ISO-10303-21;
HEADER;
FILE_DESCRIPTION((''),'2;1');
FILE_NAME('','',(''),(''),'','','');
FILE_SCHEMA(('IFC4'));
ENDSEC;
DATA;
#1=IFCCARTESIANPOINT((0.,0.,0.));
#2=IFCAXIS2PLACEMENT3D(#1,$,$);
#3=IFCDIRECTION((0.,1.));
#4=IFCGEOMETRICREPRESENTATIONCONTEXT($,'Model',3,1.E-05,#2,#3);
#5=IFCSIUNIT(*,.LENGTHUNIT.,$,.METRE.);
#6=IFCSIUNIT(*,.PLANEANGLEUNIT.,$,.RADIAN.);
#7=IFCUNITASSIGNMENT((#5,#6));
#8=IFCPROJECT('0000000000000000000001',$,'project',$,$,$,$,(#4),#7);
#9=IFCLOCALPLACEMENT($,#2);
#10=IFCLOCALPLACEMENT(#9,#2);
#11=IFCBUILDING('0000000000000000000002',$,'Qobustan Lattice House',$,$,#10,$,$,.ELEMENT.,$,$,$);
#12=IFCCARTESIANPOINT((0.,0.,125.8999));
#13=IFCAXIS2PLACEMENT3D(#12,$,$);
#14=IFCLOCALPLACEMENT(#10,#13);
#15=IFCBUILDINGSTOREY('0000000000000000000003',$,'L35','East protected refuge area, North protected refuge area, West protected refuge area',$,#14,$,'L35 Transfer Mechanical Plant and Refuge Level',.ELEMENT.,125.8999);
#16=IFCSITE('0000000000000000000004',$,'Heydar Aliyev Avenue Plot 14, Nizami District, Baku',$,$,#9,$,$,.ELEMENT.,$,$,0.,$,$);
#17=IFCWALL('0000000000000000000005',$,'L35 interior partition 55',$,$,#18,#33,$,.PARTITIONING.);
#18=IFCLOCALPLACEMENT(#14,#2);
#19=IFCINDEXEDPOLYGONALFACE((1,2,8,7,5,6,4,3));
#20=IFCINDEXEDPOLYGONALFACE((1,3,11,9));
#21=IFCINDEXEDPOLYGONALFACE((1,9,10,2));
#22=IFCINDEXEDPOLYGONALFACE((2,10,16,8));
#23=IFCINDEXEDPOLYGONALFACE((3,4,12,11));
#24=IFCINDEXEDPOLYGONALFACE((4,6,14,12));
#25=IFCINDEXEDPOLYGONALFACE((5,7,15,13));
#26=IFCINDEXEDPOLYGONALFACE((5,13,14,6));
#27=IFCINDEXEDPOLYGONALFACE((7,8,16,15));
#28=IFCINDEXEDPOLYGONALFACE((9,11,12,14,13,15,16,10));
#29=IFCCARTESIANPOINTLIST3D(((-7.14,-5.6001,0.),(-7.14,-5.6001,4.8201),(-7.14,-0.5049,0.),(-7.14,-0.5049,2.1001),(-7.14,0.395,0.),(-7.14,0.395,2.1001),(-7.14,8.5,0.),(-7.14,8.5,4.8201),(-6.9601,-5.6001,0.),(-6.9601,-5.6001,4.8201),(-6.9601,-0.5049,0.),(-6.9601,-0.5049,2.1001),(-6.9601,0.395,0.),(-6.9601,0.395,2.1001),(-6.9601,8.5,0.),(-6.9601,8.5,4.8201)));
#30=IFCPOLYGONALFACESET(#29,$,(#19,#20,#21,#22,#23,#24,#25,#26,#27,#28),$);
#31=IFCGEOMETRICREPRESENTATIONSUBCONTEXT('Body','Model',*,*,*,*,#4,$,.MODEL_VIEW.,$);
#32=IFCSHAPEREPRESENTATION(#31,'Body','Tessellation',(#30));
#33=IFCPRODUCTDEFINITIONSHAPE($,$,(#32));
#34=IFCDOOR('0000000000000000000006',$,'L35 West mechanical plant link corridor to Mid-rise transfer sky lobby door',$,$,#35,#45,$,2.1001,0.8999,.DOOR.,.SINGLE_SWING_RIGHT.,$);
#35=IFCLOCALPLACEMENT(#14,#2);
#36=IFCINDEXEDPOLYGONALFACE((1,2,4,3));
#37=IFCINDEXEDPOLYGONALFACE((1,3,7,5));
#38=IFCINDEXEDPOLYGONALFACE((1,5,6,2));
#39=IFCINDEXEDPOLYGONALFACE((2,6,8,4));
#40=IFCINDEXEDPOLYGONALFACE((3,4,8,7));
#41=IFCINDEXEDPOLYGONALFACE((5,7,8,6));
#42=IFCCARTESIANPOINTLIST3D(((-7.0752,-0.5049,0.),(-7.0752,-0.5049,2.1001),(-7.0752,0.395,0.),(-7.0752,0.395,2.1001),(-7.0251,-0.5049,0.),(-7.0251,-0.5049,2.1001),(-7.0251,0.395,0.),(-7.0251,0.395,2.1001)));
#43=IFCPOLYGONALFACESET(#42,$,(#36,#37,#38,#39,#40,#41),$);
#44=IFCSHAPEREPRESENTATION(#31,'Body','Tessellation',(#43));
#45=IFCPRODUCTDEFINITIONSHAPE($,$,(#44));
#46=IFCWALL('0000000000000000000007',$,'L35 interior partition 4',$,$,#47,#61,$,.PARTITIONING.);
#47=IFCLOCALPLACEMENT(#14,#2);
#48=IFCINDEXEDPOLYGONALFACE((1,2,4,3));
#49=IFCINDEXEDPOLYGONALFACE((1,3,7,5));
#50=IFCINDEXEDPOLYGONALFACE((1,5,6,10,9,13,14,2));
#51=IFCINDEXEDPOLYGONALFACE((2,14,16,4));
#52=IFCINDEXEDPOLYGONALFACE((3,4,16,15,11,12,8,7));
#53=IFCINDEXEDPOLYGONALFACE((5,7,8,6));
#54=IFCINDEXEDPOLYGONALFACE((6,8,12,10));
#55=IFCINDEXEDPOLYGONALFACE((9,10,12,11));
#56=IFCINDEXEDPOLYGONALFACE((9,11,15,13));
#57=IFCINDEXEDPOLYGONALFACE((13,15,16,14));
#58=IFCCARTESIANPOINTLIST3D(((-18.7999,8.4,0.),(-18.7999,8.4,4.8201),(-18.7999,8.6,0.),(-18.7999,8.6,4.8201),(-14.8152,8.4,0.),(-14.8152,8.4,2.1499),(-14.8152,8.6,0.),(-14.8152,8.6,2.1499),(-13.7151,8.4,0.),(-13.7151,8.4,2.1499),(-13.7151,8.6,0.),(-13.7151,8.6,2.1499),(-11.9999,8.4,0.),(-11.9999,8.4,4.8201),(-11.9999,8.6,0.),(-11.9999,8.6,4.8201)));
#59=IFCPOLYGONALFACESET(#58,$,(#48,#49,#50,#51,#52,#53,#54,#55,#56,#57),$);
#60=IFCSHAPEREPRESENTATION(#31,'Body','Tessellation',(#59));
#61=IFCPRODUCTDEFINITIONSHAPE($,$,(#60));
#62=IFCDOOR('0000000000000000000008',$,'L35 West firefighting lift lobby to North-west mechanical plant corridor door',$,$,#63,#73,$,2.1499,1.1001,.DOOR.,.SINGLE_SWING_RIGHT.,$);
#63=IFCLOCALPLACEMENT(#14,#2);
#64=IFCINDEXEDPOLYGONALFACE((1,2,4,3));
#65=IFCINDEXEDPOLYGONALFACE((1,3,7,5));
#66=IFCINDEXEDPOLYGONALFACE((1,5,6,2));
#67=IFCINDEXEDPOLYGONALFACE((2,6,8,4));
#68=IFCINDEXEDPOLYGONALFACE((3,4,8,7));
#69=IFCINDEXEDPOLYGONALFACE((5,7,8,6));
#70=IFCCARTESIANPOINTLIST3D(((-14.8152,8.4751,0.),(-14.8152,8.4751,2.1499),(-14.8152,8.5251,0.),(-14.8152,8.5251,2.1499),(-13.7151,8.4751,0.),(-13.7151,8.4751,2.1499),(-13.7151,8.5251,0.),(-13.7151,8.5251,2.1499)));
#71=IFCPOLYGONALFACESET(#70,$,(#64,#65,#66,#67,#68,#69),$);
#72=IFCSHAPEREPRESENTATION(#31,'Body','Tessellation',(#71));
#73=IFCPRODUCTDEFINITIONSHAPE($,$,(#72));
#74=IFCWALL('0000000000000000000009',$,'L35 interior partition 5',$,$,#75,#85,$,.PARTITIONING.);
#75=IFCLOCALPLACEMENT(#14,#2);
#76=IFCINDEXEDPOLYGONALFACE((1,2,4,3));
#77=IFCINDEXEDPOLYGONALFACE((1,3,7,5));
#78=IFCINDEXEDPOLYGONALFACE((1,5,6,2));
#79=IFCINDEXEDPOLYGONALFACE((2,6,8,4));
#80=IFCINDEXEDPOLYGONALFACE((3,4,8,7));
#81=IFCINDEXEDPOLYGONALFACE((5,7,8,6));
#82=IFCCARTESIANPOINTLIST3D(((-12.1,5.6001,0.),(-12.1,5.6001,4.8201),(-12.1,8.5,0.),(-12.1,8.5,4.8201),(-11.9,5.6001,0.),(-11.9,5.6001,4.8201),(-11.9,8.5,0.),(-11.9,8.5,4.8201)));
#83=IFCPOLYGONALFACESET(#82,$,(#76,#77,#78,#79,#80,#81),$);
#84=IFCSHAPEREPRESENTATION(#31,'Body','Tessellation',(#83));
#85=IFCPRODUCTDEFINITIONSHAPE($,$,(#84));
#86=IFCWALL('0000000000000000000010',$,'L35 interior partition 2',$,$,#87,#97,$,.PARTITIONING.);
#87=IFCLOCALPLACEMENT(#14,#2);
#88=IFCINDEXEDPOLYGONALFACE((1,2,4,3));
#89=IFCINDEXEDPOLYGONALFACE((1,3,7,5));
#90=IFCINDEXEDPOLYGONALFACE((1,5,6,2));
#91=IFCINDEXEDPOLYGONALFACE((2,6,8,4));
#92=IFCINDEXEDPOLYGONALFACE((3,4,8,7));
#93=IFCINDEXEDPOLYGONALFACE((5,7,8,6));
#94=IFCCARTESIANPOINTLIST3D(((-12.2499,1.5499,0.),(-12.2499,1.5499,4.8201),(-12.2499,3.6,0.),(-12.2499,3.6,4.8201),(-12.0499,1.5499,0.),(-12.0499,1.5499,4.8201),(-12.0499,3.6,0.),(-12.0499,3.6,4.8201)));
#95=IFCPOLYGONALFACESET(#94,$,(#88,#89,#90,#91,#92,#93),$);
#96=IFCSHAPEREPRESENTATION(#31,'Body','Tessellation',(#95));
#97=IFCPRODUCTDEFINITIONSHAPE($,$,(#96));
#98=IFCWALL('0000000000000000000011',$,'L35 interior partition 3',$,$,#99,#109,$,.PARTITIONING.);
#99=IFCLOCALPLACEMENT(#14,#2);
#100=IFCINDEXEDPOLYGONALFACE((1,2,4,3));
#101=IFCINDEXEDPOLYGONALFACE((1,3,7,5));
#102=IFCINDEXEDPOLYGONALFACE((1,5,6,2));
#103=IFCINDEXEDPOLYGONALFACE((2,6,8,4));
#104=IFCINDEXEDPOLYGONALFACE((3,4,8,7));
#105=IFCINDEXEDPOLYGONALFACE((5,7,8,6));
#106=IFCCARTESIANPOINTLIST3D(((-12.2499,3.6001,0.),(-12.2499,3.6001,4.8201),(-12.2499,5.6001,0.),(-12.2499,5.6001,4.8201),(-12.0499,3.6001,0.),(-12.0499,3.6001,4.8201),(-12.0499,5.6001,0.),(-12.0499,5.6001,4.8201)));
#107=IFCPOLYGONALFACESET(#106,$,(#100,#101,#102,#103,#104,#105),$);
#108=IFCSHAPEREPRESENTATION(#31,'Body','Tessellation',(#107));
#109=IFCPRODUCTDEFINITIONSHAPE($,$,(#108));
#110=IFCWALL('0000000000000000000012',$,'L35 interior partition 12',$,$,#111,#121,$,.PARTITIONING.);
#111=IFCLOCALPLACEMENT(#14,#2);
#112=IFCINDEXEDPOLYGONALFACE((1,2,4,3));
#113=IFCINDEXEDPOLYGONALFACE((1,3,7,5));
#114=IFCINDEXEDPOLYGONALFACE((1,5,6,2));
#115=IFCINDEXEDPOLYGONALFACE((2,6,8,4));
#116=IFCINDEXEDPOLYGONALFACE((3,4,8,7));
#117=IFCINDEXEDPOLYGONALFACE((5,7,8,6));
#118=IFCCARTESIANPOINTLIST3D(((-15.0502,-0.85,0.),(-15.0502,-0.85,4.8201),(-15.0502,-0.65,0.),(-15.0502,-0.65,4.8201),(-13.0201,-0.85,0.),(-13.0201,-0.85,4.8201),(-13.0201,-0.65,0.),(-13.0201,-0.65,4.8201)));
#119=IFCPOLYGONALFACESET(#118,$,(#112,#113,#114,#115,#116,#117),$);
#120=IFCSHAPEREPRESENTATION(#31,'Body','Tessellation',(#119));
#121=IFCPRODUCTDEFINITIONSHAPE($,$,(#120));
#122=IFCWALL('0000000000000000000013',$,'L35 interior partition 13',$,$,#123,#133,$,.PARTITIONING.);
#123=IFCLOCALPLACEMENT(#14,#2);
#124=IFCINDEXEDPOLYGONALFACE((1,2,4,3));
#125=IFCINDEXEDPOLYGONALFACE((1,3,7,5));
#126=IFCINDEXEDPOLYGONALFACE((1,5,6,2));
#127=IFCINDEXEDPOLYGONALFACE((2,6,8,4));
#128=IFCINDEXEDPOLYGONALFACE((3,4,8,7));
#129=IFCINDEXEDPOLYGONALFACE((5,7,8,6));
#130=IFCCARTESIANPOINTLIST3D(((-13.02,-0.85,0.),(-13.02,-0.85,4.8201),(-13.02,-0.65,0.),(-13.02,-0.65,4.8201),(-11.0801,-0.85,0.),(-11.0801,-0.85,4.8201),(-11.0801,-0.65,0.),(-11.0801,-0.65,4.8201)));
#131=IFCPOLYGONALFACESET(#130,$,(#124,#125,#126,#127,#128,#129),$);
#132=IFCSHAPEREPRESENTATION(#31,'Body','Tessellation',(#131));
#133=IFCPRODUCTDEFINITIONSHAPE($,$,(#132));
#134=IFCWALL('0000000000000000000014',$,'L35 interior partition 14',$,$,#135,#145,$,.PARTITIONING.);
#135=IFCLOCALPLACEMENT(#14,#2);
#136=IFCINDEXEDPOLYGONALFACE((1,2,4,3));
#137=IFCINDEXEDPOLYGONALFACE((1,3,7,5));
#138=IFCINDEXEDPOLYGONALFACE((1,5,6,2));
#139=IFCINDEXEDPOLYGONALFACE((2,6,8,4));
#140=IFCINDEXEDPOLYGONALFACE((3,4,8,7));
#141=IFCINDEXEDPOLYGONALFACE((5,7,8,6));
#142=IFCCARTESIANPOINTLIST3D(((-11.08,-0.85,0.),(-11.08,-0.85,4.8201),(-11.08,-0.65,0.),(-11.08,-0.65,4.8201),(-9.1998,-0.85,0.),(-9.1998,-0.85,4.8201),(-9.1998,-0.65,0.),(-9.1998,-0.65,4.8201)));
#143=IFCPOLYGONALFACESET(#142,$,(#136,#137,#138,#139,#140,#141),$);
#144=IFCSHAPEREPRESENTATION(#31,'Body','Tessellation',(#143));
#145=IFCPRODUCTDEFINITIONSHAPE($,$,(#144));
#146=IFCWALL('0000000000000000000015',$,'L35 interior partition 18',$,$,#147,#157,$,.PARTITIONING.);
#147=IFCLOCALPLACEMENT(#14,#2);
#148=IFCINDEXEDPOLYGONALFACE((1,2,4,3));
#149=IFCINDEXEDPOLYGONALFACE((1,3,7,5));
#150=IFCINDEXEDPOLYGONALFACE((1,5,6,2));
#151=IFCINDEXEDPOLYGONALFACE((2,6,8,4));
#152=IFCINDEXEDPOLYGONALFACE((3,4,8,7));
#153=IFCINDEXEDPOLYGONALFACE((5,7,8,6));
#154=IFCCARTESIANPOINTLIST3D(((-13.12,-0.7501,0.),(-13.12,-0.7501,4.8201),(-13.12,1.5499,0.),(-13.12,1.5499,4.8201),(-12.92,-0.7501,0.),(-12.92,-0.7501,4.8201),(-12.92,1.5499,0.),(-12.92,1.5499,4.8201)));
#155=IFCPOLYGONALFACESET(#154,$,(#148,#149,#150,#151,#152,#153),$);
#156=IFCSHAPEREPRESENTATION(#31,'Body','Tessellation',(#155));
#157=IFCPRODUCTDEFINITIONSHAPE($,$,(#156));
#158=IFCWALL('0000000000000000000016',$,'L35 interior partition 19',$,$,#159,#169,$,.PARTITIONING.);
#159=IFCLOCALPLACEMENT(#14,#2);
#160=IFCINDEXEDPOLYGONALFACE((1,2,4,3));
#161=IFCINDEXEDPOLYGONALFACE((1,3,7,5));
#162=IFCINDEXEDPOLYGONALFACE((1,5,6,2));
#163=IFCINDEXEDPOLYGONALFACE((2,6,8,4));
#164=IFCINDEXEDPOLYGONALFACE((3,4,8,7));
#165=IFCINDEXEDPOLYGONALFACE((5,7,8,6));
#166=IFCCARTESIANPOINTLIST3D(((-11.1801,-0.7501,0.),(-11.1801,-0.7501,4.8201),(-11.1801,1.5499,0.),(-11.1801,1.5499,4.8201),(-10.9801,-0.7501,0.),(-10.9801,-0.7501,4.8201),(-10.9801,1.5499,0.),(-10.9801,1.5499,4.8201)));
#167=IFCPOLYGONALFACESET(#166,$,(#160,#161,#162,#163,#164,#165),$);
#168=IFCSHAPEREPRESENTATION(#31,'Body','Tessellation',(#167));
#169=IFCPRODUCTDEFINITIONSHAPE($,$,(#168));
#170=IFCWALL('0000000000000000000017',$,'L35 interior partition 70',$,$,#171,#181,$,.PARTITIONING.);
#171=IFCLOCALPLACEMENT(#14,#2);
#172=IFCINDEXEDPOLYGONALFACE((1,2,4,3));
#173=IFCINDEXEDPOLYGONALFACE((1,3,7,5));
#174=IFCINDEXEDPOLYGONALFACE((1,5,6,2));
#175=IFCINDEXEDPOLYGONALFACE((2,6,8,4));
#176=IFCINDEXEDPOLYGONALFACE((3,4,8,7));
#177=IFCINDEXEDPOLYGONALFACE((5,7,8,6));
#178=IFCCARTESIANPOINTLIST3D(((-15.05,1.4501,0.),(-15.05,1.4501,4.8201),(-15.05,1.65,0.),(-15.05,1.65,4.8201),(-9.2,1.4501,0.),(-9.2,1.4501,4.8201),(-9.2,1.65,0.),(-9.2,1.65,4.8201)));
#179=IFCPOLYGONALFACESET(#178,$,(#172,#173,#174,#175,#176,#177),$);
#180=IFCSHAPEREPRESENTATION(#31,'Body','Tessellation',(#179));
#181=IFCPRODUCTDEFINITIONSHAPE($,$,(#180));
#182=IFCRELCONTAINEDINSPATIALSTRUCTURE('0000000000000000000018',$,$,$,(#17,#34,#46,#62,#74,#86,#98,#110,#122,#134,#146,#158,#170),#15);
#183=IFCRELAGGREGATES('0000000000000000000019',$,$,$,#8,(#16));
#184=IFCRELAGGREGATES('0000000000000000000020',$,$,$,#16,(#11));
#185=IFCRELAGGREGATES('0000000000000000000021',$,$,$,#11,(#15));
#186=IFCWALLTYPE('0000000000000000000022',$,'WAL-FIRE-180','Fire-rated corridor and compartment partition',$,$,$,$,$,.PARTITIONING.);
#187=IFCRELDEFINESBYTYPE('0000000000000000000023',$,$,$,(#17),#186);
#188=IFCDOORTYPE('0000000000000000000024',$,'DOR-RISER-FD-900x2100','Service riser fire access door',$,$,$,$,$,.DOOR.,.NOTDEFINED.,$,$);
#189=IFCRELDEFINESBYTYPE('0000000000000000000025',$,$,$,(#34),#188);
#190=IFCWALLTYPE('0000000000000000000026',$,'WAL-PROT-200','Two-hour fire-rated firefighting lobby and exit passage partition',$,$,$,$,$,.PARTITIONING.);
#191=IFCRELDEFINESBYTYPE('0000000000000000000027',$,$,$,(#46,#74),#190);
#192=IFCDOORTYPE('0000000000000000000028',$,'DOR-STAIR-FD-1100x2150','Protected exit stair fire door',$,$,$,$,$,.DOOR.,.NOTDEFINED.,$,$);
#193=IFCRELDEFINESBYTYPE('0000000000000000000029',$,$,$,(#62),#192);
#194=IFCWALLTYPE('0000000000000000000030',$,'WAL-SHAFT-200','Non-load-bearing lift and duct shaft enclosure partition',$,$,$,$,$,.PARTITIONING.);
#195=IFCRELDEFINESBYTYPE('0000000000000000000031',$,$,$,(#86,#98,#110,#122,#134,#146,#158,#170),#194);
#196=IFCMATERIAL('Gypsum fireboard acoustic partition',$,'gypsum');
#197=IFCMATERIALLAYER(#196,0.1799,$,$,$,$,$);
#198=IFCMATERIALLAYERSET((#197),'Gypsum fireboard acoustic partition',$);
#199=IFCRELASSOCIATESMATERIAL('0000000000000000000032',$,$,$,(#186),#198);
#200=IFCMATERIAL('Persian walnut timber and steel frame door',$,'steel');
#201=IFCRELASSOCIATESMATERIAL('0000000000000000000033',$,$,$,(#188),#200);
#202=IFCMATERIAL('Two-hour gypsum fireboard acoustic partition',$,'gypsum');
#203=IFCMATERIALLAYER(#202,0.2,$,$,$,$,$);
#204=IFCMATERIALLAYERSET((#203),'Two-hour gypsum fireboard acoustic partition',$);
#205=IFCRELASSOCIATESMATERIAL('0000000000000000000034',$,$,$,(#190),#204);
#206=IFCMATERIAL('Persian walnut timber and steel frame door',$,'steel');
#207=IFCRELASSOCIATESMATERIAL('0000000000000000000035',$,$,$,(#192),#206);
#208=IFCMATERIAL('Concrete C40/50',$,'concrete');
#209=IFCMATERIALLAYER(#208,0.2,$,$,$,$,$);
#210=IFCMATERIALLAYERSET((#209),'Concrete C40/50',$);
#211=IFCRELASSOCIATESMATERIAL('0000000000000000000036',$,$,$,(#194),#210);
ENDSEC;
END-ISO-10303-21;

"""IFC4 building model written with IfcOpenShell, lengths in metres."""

from ifc_helpers import new_model, si_unit, direction, frame, frame_2d, origin, place, context, subcontext, project, spatial, rectangle, extrude, material, layer, layer_set, type_object, element, fill, save


model = new_model("IFC4")

# Units and contexts
model_context = context("Model", 3, precision=1e-05, world=origin(), true_north=direction((0.0, 1.0)))
body_context = subcontext(model_context, "Body", "Model", "MODEL_VIEW")
ifc_project = project(units=[si_unit("LENGTHUNIT", "METRE"), si_unit("PLANEANGLEUNIT", "RADIAN")], contexts=[model_context])

# Site, building, storey
site_placement = place(None, origin())
site = spatial("IfcSite", under=ifc_project, at=site_placement, Name="Heydar Aliyev Avenue Plot 14, Nizami District, Baku", CompositionType="ELEMENT", RefElevation=0.0)
building_placement = place(site_placement, origin())
building = spatial("IfcBuilding", under=site, at=building_placement, Name="Qobustan Lattice House", CompositionType="ELEMENT")
storey_placement = place(building_placement, frame((0.0, 0.0, 125.8999)))
storey = spatial("IfcBuildingStorey", under=building, at=storey_placement, Name="L35", Description="East protected refuge area, North protected refuge area, West protected refuge area", LongName="L35 Transfer Mechanical Plant and Refuge Level", CompositionType="ELEMENT", Elevation=125.8999)

# Walls, openings, doors
ifc_material_1 = material(Name="Gypsum fireboard acoustic partition", Category="gypsum")
ifc_layer_1 = layer(ifc_material_1, 0.1799)
ifc_layer_set_1 = layer_set([ifc_layer_1], Name="Gypsum fireboard acoustic partition")
wall_type_1 = type_object("IfcWallType", Name="WAL-FIRE-180", Description="Fire-rated corridor and compartment partition", PredefinedType="PARTITIONING", material=ifc_layer_set_1)
ifc_material_2 = material(Name="Persian walnut timber and steel frame door", Category="steel")
door_type_1 = type_object("IfcDoorType", Name="DOR-RISER-FD-900x2100", Description="Service riser fire access door", OperationType="NOTDEFINED", PredefinedType="DOOR", material=ifc_material_2)
wall_1_placement = place(storey_placement, frame((-7.05, 8.5, 0.0), z_axis=(0.0, 0.0, 1.0), x_axis=(0.0, -1.0, 0.0)))
wall_1 = element("IfcWall", 1, at=wall_1_placement, inside=storey, type_object=wall_type_1, Name="L35 interior partition 55", PredefinedType="PARTITIONING", context=body_context, shape_type="SweptSolid", body=[
    extrude(rectangle(XDim=14.1001, YDim=0.1799, at=frame_2d((7.05, 0.0))), origin(), (0.0, 0.0, 1.0), 4.8201),
])
opening_1_placement = place(wall_1_placement, frame((8.105, 0.0, 0.0)))
opening_1 = element("IfcOpeningElement", 2, at=opening_1_placement, cuts=wall_1, PredefinedType="OPENING", context=body_context, shape_type="SweptSolid", body=[
    extrude(rectangle(XDim=0.8999, YDim=2.1001, at=frame_2d((0.45, 1.05))), frame((0.0, 0.0999, 0.0), z_axis=(0.0, -1.0, 0.0), x_axis=(1.0, 0.0, 0.0)), (0.0, 0.0, 1.0), 0.2),
])
door_1_placement = place(opening_1_placement, origin())
door_1 = element("IfcDoor", 3, at=door_1_placement, inside=storey, type_object=door_type_1, Name="L35 West mechanical plant link corridor to Mid-rise transfer sky lobby door", OperationType="SINGLE_SWING_RIGHT", OverallHeight=2.1001, OverallWidth=0.8999, PredefinedType="DOOR", context=body_context, shape_type="SweptSolid", body=[
    extrude(rectangle(XDim=0.8999, YDim=2.1001, at=frame_2d((0.45, 1.05))), frame((0.0, 0.0249, 0.0), z_axis=(0.0, -1.0, 0.0), x_axis=(1.0, 0.0, 0.0)), (0.0, 0.0, 1.0), 0.05),
])
fill(opening_1, door_1)
ifc_material_3 = material(Name="Two-hour gypsum fireboard acoustic partition", Category="gypsum")
ifc_layer_2 = layer(ifc_material_3, 0.2)
ifc_layer_set_2 = layer_set([ifc_layer_2], Name="Two-hour gypsum fireboard acoustic partition")
wall_type_2 = type_object("IfcWallType", Name="WAL-PROT-200", Description="Two-hour fire-rated firefighting lobby and exit passage partition", PredefinedType="PARTITIONING", material=ifc_layer_set_2)
wall_2_placement = place(storey_placement, frame((-12.0, 8.5, 0.0), z_axis=(0.0, 0.0, 1.0), x_axis=(-1.0, 0.0, 0.0)))
wall_2 = element("IfcWall", 4, at=wall_2_placement, inside=storey, type_object=wall_type_2, Name="L35 interior partition 4", PredefinedType="PARTITIONING", context=body_context, shape_type="SweptSolid", body=[
    extrude(rectangle(XDim=6.8, YDim=0.2, at=frame_2d((3.3999, 0.0))), origin(), (0.0, 0.0, 1.0), 4.8201),
])
opening_2_placement = place(wall_2_placement, frame((1.7151, 0.0, 0.0)))
opening_2 = element("IfcOpeningElement", 5, at=opening_2_placement, cuts=wall_2, PredefinedType="OPENING", context=body_context, shape_type="SweptSolid", body=[
    extrude(rectangle(XDim=1.1001, YDim=2.1499, at=frame_2d((0.55, 1.075))), frame((0.0, 0.1099, 0.0), z_axis=(0.0, -1.0, 0.0), x_axis=(1.0, 0.0, 0.0)), (0.0, 0.0, 1.0), 0.22),
])
ifc_material_4 = material(Name="Persian walnut timber and steel frame door", Category="steel")
door_type_2 = type_object("IfcDoorType", Name="DOR-STAIR-FD-1100x2150", Description="Protected exit stair fire door", OperationType="NOTDEFINED", PredefinedType="DOOR", material=ifc_material_4)
door_2_placement = place(opening_2_placement, origin())
door_2 = element("IfcDoor", 6, at=door_2_placement, inside=storey, type_object=door_type_2, Name="L35 West firefighting lift lobby to North-west mechanical plant corridor door", OperationType="SINGLE_SWING_RIGHT", OverallHeight=2.1499, OverallWidth=1.1001, PredefinedType="DOOR", context=body_context, shape_type="SweptSolid", body=[
    extrude(rectangle(XDim=1.1001, YDim=2.1499, at=frame_2d((0.55, 1.075))), frame((0.0, 0.0249, 0.0), z_axis=(0.0, -1.0, 0.0), x_axis=(1.0, 0.0, 0.0)), (0.0, 0.0, 1.0), 0.05),
])
fill(opening_2, door_2)

# Walls
wall_3_placement = place(storey_placement, frame((-12.0, 5.6001, 0.0), z_axis=(0.0, 0.0, 1.0), x_axis=(0.0, 1.0, 0.0)))
element("IfcWall", 7, at=wall_3_placement, inside=storey, type_object=wall_type_2, Name="L35 interior partition 5", PredefinedType="PARTITIONING", context=body_context, shape_type="SweptSolid", body=[
    extrude(rectangle(XDim=2.8999, YDim=0.2, at=frame_2d((1.45, 0.0))), origin(), (0.0, 0.0, 1.0), 4.8201),
])
ifc_material_5 = material(Name="Concrete C40/50", Category="concrete")
ifc_layer_3 = layer(ifc_material_5, 0.2)
ifc_layer_set_3 = layer_set([ifc_layer_3], Name="Concrete C40/50")
wall_type_3 = type_object("IfcWallType", Name="WAL-SHAFT-200", Description="Non-load-bearing lift and duct shaft enclosure partition", PredefinedType="PARTITIONING", material=ifc_layer_set_3)
wall_4_placement = place(storey_placement, frame((-12.1499, 1.55, 0.0), z_axis=(0.0, 0.0, 1.0), x_axis=(0.0, 1.0, 0.0)))
element("IfcWall", 8, at=wall_4_placement, inside=storey, type_object=wall_type_3, Name="L35 interior partition 2", PredefinedType="PARTITIONING", context=body_context, shape_type="SweptSolid", body=[
    extrude(rectangle(XDim=2.05, YDim=0.2, at=frame_2d((1.0249, 0.0))), origin(), (0.0, 0.0, 1.0), 4.8201),
])
wall_5_placement = place(storey_placement, frame((-12.1499, 3.6001, 0.0), z_axis=(0.0, 0.0, 1.0), x_axis=(0.0, 1.0, 0.0)))
element("IfcWall", 9, at=wall_5_placement, inside=storey, type_object=wall_type_3, Name="L35 interior partition 3", PredefinedType="PARTITIONING", context=body_context, shape_type="SweptSolid", body=[
    extrude(rectangle(XDim=2.0, YDim=0.2, at=frame_2d((1.0, 0.0))), origin(), (0.0, 0.0, 1.0), 4.8201),
])
wall_6_placement = place(storey_placement, frame((-13.02, -0.75, 0.0), z_axis=(0.0, 0.0, 1.0), x_axis=(-1.0, 0.0, 0.0)))
element("IfcWall", 10, at=wall_6_placement, inside=storey, type_object=wall_type_3, Name="L35 interior partition 12", PredefinedType="PARTITIONING", context=body_context, shape_type="SweptSolid", body=[
    extrude(rectangle(XDim=2.03, YDim=0.2, at=frame_2d((1.0151, 0.0))), origin(), (0.0, 0.0, 1.0), 4.8201),
])
wall_7_placement = place(storey_placement, frame((-11.0801, -0.75, 0.0), z_axis=(0.0, 0.0, 1.0), x_axis=(-1.0, 0.0, 0.0)))
element("IfcWall", 11, at=wall_7_placement, inside=storey, type_object=wall_type_3, Name="L35 interior partition 13", PredefinedType="PARTITIONING", context=body_context, shape_type="SweptSolid", body=[
    extrude(rectangle(XDim=1.9399, YDim=0.2, at=frame_2d((0.97, 0.0))), origin(), (0.0, 0.0, 1.0), 4.8201),
])
wall_8_placement = place(storey_placement, frame((-9.2, -0.75, 0.0), z_axis=(0.0, 0.0, 1.0), x_axis=(-1.0, 0.0, 0.0)))
element("IfcWall", 12, at=wall_8_placement, inside=storey, type_object=wall_type_3, Name="L35 interior partition 14", PredefinedType="PARTITIONING", context=body_context, shape_type="SweptSolid", body=[
    extrude(rectangle(XDim=1.8801, YDim=0.2, at=frame_2d((0.9399, 0.0))), origin(), (0.0, 0.0, 1.0), 4.8201),
])
for number, where, z_axis, x_axis, name in (
    (13, (-13.02, -0.75, 0.0), (0.0, 0.0, 1.0), (0.0, 1.0, 0.0), "L35 interior partition 18"),
    (14, (-11.0801, -0.75, 0.0), (0.0, 0.0, 1.0), (0.0, 1.0, 0.0), "L35 interior partition 19"),
):
    element("IfcWall", number, at=place(storey_placement, frame(where, z_axis=z_axis, x_axis=x_axis)), inside=storey, type_object=wall_type_3, Name=name, PredefinedType="PARTITIONING", context=body_context, shape_type="SweptSolid", body=[
        extrude(rectangle(XDim=2.3, YDim=0.2, at=frame_2d((1.1499, 0.0))), origin(), (0.0, 0.0, 1.0), 4.8201),
    ])
wall_9_placement = place(storey_placement, frame((-15.05, 1.55, 0.0), z_axis=(0.0, 0.0, 1.0), x_axis=(1.0, 0.0, 0.0)))
element("IfcWall", 15, at=wall_9_placement, inside=storey, type_object=wall_type_3, Name="L35 interior partition 70", PredefinedType="PARTITIONING", context=body_context, shape_type="SweptSolid", body=[
    extrude(rectangle(XDim=5.8501, YDim=0.2, at=frame_2d((2.925, 0.0))), origin(), (0.0, 0.0, 1.0), 4.8201),
])

save(model, "model.ifc")
